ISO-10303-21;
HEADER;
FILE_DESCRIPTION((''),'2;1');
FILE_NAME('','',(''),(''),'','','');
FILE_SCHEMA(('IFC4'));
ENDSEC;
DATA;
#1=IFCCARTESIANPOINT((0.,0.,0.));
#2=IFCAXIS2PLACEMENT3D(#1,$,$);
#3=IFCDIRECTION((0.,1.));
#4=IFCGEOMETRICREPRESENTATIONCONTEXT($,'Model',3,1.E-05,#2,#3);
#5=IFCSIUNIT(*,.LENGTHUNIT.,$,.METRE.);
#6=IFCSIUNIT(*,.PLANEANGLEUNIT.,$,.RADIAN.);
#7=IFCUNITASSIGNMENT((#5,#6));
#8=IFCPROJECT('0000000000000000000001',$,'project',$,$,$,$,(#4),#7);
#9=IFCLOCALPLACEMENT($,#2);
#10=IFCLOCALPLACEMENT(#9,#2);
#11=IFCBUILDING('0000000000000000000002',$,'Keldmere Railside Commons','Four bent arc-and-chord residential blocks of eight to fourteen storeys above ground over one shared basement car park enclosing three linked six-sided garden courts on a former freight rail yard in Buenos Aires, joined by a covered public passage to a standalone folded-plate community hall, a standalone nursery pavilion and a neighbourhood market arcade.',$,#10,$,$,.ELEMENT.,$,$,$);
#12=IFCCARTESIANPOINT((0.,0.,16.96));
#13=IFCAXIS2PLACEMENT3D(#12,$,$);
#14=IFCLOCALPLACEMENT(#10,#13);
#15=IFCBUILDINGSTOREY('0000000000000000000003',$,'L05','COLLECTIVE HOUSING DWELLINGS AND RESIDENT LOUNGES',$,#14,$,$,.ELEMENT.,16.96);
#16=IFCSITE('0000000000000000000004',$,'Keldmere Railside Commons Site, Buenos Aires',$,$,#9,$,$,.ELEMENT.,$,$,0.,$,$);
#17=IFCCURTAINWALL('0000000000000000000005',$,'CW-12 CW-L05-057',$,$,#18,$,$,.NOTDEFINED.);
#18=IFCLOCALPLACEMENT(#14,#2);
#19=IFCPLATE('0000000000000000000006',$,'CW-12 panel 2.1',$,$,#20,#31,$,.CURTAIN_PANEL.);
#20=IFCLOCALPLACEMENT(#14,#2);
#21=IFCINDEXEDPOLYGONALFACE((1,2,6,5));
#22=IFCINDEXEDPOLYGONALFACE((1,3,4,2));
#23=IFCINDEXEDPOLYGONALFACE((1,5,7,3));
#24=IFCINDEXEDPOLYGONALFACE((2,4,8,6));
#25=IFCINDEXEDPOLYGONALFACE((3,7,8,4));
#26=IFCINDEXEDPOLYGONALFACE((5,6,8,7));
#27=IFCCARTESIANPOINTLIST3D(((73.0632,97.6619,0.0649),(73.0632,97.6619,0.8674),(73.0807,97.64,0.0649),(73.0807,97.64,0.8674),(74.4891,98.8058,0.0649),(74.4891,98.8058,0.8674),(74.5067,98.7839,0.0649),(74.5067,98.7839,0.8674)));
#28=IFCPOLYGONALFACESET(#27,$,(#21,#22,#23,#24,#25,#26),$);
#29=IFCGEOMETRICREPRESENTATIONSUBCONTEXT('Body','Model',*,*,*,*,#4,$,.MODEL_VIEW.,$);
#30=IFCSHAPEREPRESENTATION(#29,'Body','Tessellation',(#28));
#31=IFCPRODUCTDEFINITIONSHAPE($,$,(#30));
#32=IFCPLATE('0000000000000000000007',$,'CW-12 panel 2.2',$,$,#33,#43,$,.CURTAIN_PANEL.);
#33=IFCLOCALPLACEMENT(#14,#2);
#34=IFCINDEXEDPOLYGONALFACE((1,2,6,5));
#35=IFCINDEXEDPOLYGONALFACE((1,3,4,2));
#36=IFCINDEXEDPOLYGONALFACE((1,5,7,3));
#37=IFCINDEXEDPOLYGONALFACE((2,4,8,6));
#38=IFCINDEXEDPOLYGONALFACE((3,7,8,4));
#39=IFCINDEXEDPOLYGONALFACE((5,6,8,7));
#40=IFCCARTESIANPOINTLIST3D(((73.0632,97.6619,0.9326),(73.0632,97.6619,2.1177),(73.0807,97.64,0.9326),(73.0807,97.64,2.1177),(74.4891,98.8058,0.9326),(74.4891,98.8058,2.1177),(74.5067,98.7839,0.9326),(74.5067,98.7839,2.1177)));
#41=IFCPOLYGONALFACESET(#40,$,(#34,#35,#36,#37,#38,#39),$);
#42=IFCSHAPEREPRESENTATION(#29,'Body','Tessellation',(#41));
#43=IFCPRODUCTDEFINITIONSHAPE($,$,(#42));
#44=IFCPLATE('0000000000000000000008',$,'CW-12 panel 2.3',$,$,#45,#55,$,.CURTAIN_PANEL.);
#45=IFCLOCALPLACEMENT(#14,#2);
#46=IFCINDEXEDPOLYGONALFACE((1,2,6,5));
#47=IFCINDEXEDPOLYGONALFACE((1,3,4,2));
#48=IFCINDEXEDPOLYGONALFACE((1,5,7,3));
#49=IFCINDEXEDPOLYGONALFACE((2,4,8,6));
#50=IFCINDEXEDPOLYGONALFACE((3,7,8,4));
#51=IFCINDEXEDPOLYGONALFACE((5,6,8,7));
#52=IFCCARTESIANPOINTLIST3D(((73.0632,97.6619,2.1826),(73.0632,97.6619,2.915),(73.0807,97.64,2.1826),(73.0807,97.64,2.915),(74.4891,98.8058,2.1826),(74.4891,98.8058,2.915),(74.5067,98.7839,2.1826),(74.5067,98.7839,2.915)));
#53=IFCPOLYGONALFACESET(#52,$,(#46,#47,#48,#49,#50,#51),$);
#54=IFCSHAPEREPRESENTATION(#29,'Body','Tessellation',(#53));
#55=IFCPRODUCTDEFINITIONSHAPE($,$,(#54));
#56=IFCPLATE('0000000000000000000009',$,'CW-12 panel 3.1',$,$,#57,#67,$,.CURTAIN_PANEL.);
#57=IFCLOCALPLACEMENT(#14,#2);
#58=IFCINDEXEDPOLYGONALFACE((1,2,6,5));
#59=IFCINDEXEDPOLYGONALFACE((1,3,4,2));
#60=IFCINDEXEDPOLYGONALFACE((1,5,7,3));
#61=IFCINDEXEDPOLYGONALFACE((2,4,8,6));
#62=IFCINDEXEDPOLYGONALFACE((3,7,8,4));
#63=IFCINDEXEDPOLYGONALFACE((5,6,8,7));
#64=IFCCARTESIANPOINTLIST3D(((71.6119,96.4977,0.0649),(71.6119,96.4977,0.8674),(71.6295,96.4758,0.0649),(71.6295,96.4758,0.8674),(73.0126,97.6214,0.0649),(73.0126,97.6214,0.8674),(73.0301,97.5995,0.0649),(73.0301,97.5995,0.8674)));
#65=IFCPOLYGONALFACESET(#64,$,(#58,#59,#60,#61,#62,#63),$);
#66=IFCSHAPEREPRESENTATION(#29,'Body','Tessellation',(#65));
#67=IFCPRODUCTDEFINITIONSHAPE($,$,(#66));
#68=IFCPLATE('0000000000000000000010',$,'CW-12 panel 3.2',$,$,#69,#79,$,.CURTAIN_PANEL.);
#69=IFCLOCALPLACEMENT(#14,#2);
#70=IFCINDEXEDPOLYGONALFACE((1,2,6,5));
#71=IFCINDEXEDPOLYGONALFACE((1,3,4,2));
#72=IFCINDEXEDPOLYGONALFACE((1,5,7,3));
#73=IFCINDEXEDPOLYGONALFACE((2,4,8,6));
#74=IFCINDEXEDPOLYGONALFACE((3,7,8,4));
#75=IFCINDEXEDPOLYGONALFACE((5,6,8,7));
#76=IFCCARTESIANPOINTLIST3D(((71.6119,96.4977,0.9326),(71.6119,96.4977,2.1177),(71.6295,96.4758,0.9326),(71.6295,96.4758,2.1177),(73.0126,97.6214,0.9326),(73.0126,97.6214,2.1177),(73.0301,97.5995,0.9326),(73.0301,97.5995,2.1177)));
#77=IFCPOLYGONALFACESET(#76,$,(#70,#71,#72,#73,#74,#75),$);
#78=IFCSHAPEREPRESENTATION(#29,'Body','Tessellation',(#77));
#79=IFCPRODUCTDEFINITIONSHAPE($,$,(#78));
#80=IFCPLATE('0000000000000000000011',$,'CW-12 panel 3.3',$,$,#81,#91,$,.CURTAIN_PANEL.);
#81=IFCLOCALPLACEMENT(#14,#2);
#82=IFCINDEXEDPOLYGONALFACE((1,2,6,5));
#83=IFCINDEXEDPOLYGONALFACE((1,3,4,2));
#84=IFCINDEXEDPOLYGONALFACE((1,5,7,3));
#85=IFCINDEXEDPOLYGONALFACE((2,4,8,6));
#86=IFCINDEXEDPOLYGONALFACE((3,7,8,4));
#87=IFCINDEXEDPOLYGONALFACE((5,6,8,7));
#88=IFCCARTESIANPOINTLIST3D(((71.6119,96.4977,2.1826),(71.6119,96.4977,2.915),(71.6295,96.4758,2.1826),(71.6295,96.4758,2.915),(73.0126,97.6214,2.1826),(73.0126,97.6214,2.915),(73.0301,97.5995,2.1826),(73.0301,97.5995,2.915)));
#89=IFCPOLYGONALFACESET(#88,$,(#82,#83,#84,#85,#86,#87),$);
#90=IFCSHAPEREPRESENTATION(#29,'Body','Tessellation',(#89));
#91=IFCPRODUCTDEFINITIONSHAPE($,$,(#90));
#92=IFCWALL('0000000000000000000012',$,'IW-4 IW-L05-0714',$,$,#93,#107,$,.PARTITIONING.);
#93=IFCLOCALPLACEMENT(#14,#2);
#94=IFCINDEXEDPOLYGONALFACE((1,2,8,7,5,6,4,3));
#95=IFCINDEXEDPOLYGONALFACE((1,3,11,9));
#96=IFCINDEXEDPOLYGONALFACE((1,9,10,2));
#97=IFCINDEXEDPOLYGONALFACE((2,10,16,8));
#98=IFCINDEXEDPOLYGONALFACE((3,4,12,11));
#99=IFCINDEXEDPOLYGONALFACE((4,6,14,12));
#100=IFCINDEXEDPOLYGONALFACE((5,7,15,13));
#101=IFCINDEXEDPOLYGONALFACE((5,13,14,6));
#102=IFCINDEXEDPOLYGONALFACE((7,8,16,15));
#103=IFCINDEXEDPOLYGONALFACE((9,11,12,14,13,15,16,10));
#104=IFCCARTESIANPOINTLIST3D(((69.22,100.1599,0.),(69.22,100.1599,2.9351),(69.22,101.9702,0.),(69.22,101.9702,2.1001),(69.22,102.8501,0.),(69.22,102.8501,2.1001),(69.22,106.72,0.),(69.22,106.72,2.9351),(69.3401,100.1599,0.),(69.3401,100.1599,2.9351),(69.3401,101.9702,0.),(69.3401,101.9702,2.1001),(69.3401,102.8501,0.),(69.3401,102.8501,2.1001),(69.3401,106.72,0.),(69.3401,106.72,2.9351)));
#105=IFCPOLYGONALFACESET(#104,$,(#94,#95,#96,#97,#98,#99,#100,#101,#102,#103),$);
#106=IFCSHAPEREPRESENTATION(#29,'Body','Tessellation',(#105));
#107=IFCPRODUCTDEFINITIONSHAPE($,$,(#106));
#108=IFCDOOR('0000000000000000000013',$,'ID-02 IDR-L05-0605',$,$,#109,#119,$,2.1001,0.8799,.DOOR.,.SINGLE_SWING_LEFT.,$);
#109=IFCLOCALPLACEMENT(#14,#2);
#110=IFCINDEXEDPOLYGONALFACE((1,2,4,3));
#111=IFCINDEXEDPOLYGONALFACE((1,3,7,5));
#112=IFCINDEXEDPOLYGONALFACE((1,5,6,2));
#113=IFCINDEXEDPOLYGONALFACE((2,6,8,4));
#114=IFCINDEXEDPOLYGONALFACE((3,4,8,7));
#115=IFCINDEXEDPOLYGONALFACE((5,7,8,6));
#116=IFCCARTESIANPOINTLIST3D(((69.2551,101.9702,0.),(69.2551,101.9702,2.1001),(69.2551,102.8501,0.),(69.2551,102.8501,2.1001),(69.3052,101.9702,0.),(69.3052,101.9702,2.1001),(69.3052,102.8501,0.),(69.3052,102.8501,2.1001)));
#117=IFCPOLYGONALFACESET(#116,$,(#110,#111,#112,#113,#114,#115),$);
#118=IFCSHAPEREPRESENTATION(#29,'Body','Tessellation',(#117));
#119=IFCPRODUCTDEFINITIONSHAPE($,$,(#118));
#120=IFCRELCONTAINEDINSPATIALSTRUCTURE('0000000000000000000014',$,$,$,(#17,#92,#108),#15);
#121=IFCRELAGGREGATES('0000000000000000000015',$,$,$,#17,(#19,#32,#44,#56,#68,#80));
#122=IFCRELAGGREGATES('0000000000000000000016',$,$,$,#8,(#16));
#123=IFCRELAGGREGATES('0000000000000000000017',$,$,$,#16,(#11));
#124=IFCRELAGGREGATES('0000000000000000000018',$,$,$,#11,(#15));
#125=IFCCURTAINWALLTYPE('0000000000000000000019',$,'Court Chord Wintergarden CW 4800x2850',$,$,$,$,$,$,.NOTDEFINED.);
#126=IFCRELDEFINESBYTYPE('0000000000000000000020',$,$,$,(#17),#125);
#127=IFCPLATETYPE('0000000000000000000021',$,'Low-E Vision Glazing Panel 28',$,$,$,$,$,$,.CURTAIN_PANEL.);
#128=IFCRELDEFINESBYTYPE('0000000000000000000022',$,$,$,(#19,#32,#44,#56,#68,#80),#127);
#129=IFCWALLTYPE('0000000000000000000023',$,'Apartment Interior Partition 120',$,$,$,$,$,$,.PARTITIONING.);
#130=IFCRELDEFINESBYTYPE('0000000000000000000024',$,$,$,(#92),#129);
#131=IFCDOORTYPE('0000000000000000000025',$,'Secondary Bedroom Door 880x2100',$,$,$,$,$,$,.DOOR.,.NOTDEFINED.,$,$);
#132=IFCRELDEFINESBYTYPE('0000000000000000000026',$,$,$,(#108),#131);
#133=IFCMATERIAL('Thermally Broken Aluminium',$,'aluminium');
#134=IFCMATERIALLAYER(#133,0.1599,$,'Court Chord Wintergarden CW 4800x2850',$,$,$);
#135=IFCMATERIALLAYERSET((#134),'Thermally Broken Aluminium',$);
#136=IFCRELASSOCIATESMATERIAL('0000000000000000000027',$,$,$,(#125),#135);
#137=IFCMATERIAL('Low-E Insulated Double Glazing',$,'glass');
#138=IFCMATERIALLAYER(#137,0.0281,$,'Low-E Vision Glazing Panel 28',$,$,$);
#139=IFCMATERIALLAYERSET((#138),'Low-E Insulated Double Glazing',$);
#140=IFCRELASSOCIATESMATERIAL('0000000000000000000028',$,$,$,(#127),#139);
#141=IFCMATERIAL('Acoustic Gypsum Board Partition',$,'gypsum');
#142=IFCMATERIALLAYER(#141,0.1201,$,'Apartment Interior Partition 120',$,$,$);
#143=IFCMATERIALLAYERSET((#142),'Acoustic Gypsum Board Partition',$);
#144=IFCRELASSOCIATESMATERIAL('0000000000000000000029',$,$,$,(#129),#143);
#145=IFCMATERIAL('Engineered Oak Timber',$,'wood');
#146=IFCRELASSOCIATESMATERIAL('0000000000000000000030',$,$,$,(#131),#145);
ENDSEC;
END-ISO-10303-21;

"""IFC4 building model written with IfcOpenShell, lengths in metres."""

from ifc_helpers import new_model, si_unit, direction, frame, frame_2d, origin, origin_2d, place, context, subcontext, project, spatial, rectangle, extrude, material, layer, layer_set, type_object, element, fill, aggregate, save


model = new_model("IFC4")

# Units and contexts
model_context = context("Model", 3, precision=1e-05, world=origin(), true_north=direction((0.0, 1.0)))
body_context = subcontext(model_context, "Body", "Model", "MODEL_VIEW")
ifc_project = project(units=[si_unit("LENGTHUNIT", "METRE"), si_unit("PLANEANGLEUNIT", "RADIAN")], contexts=[model_context])

# Site, building, storey
site_placement = place(None, origin())
site = spatial("IfcSite", under=ifc_project, at=site_placement, Name="Keldmere Railside Commons Site, Buenos Aires", CompositionType="ELEMENT", RefElevation=0.0)
building_placement = place(site_placement, origin())
building = spatial("IfcBuilding", under=site, at=building_placement, Name="Keldmere Railside Commons", Description="Four bent arc-and-chord residential blocks of eight to fourteen storeys above ground over one shared basement car park enclosing three linked six-sided garden courts on a former freight rail yard in Buenos Aires, joined by a covered public passage to a standalone folded-plate community hall, a standalone nursery pavilion and a neighbourhood market arcade.", CompositionType="ELEMENT")
storey_placement = place(building_placement, frame((0.0, 0.0, 16.96)))
storey = spatial("IfcBuildingStorey", under=building, at=storey_placement, Name="L05", Description="COLLECTIVE HOUSING DWELLINGS AND RESIDENT LOUNGES", CompositionType="ELEMENT", Elevation=16.96)

# Curtain wall
ifc_material_1 = material(Name="Thermally Broken Aluminium", Category="aluminium")
ifc_layer_1 = layer(ifc_material_1, 0.1599, Name="Court Chord Wintergarden CW 4800x2850")
ifc_layer_set_1 = layer_set([ifc_layer_1], Name="Thermally Broken Aluminium")
curtain_wall_type_1 = type_object("IfcCurtainWallType", Name="Court Chord Wintergarden CW 4800x2850", PredefinedType="NOTDEFINED", material=ifc_layer_set_1)
curtain_wall_1_placement = place(storey_placement, origin())
curtain_wall_1 = element("IfcCurtainWall", 1, at=curtain_wall_1_placement, inside=storey, type_object=curtain_wall_type_1, Name="CW-12 CW-L05-057", PredefinedType="NOTDEFINED")

# Plates
ifc_material_2 = material(Name="Low-E Insulated Double Glazing", Category="glass")
ifc_layer_2 = layer(ifc_material_2, 0.0281, Name="Low-E Vision Glazing Panel 28")
ifc_layer_set_2 = layer_set([ifc_layer_2], Name="Low-E Insulated Double Glazing")
plate_type_1 = type_object("IfcPlateType", Name="Low-E Vision Glazing Panel 28", PredefinedType="CURTAIN_PANEL", material=ifc_layer_set_2)
plate_1_placement = place(storey_placement, frame((73.7849, 98.2229, 0.0649), z_axis=(0.0, 0.0, 1.0), x_axis=(-0.780009, -0.625768, 0.0)))
plate_1 = element("IfcPlate", 2, at=plate_1_placement, type_object=plate_type_1, Name="CW-12 panel 2.1", PredefinedType="CURTAIN_PANEL", context=body_context, shape_type="SweptSolid", body=[
    extrude(rectangle(XDim=1.8281, YDim=0.0281, at=origin_2d()), origin(), (0.0, 0.0, 1.0), 0.8025),
])
plate_2_placement = place(storey_placement, frame((73.7849, 98.2229, 0.9326), z_axis=(0.0, 0.0, 1.0), x_axis=(-0.780009, -0.625768, 0.0)))
plate_2 = element("IfcPlate", 3, at=plate_2_placement, type_object=plate_type_1, Name="CW-12 panel 2.2", PredefinedType="CURTAIN_PANEL", context=body_context, shape_type="SweptSolid", body=[
    extrude(rectangle(XDim=1.8281, YDim=0.0281, at=origin_2d()), origin(), (0.0, 0.0, 1.0), 1.1851),
])
plate_3_placement = place(storey_placement, frame((73.7849, 98.2229, 2.1826), z_axis=(0.0, 0.0, 1.0), x_axis=(-0.780009, -0.625768, 0.0)))
plate_3 = element("IfcPlate", 4, at=plate_3_placement, type_object=plate_type_1, Name="CW-12 panel 2.3", PredefinedType="CURTAIN_PANEL", context=body_context, shape_type="SweptSolid", body=[
    extrude(rectangle(XDim=1.8281, YDim=0.0281, at=origin_2d()), origin(), (0.0, 0.0, 1.0), 0.7324),
])
plate_4_placement = place(storey_placement, frame((72.321, 97.0486, 0.0649), z_axis=(0.0, 0.0, 1.0), x_axis=(-0.780009, -0.625768, 0.0)))
plate_4 = element("IfcPlate", 5, at=plate_4_placement, type_object=plate_type_1, Name="CW-12 panel 3.1", PredefinedType="CURTAIN_PANEL", context=body_context, shape_type="SweptSolid", body=[
    extrude(rectangle(XDim=1.7957, YDim=0.0281, at=origin_2d()), origin(), (0.0, 0.0, 1.0), 0.8025),
])
plate_5_placement = place(storey_placement, frame((72.321, 97.0486, 0.9326), z_axis=(0.0, 0.0, 1.0), x_axis=(-0.780009, -0.625768, 0.0)))
plate_5 = element("IfcPlate", 6, at=plate_5_placement, type_object=plate_type_1, Name="CW-12 panel 3.2", PredefinedType="CURTAIN_PANEL", context=body_context, shape_type="SweptSolid", body=[
    extrude(rectangle(XDim=1.7957, YDim=0.0281, at=origin_2d()), origin(), (0.0, 0.0, 1.0), 1.1851),
])
plate_6_placement = place(storey_placement, frame((72.321, 97.0486, 2.1826), z_axis=(0.0, 0.0, 1.0), x_axis=(-0.780009, -0.625768, 0.0)))
plate_6 = element("IfcPlate", 7, at=plate_6_placement, type_object=plate_type_1, Name="CW-12 panel 3.3", PredefinedType="CURTAIN_PANEL", context=body_context, shape_type="SweptSolid", body=[
    extrude(rectangle(XDim=1.7957, YDim=0.0281, at=origin_2d()), origin(), (0.0, 0.0, 1.0), 0.7324),
])
aggregate(curtain_wall_1, [plate_1, plate_2, plate_3, plate_4, plate_5, plate_6])

# Wall, opening, door
ifc_material_3 = material(Name="Acoustic Gypsum Board Partition", Category="gypsum")
ifc_layer_3 = layer(ifc_material_3, 0.1201, Name="Apartment Interior Partition 120")
ifc_layer_set_3 = layer_set([ifc_layer_3], Name="Acoustic Gypsum Board Partition")
wall_type = type_object("IfcWallType", Name="Apartment Interior Partition 120", PredefinedType="PARTITIONING", material=ifc_layer_set_3)
wall_placement = place(storey_placement, frame((69.28, 100.1599, 0.0), z_axis=(0.0, 0.0, 1.0), x_axis=(0.0, 1.0, 0.0)))
wall = element("IfcWall", 8, at=wall_placement, inside=storey, type_object=wall_type, Name="IW-4 IW-L05-0714", PredefinedType="PARTITIONING", context=body_context, shape_type="SweptSolid", body=[
    extrude(rectangle(XDim=6.5601, YDim=0.1201, at=frame_2d((3.28, 0.0))), origin(), (0.0, 0.0, 1.0), 2.9351),
])
opening_placement = place(wall_placement, frame((1.8103, 0.0, 0.0)))
opening = element("IfcOpeningElement", 9, at=opening_placement, cuts=wall, PredefinedType="OPENING", context=body_context, shape_type="SweptSolid", body=[
    extrude(rectangle(XDim=0.8799, YDim=2.1001, at=frame_2d((0.4399, 1.05))), frame((0.0, 0.0701, 0.0), z_axis=(0.0, -1.0, 0.0), x_axis=(1.0, 0.0, 0.0)), (0.0, 0.0, 1.0), 0.1401),
])
ifc_material_4 = material(Name="Engineered Oak Timber", Category="wood")
door_type = type_object("IfcDoorType", Name="Secondary Bedroom Door 880x2100", OperationType="NOTDEFINED", PredefinedType="DOOR", material=ifc_material_4)
door_placement = place(opening_placement, origin())
door = element("IfcDoor", 10, at=door_placement, inside=storey, type_object=door_type, Name="ID-02 IDR-L05-0605", OperationType="SINGLE_SWING_LEFT", OverallHeight=2.1001, OverallWidth=0.8799, PredefinedType="DOOR", context=body_context, shape_type="SweptSolid", body=[
    extrude(rectangle(XDim=0.8799, YDim=2.1001, at=frame_2d((0.4399, 1.05))), frame((0.0, 0.0249, 0.0), z_axis=(0.0, -1.0, 0.0), x_axis=(1.0, 0.0, 0.0)), (0.0, 0.0, 1.0), 0.05),
])
fill(opening, door)

save(model, "model.ifc")
